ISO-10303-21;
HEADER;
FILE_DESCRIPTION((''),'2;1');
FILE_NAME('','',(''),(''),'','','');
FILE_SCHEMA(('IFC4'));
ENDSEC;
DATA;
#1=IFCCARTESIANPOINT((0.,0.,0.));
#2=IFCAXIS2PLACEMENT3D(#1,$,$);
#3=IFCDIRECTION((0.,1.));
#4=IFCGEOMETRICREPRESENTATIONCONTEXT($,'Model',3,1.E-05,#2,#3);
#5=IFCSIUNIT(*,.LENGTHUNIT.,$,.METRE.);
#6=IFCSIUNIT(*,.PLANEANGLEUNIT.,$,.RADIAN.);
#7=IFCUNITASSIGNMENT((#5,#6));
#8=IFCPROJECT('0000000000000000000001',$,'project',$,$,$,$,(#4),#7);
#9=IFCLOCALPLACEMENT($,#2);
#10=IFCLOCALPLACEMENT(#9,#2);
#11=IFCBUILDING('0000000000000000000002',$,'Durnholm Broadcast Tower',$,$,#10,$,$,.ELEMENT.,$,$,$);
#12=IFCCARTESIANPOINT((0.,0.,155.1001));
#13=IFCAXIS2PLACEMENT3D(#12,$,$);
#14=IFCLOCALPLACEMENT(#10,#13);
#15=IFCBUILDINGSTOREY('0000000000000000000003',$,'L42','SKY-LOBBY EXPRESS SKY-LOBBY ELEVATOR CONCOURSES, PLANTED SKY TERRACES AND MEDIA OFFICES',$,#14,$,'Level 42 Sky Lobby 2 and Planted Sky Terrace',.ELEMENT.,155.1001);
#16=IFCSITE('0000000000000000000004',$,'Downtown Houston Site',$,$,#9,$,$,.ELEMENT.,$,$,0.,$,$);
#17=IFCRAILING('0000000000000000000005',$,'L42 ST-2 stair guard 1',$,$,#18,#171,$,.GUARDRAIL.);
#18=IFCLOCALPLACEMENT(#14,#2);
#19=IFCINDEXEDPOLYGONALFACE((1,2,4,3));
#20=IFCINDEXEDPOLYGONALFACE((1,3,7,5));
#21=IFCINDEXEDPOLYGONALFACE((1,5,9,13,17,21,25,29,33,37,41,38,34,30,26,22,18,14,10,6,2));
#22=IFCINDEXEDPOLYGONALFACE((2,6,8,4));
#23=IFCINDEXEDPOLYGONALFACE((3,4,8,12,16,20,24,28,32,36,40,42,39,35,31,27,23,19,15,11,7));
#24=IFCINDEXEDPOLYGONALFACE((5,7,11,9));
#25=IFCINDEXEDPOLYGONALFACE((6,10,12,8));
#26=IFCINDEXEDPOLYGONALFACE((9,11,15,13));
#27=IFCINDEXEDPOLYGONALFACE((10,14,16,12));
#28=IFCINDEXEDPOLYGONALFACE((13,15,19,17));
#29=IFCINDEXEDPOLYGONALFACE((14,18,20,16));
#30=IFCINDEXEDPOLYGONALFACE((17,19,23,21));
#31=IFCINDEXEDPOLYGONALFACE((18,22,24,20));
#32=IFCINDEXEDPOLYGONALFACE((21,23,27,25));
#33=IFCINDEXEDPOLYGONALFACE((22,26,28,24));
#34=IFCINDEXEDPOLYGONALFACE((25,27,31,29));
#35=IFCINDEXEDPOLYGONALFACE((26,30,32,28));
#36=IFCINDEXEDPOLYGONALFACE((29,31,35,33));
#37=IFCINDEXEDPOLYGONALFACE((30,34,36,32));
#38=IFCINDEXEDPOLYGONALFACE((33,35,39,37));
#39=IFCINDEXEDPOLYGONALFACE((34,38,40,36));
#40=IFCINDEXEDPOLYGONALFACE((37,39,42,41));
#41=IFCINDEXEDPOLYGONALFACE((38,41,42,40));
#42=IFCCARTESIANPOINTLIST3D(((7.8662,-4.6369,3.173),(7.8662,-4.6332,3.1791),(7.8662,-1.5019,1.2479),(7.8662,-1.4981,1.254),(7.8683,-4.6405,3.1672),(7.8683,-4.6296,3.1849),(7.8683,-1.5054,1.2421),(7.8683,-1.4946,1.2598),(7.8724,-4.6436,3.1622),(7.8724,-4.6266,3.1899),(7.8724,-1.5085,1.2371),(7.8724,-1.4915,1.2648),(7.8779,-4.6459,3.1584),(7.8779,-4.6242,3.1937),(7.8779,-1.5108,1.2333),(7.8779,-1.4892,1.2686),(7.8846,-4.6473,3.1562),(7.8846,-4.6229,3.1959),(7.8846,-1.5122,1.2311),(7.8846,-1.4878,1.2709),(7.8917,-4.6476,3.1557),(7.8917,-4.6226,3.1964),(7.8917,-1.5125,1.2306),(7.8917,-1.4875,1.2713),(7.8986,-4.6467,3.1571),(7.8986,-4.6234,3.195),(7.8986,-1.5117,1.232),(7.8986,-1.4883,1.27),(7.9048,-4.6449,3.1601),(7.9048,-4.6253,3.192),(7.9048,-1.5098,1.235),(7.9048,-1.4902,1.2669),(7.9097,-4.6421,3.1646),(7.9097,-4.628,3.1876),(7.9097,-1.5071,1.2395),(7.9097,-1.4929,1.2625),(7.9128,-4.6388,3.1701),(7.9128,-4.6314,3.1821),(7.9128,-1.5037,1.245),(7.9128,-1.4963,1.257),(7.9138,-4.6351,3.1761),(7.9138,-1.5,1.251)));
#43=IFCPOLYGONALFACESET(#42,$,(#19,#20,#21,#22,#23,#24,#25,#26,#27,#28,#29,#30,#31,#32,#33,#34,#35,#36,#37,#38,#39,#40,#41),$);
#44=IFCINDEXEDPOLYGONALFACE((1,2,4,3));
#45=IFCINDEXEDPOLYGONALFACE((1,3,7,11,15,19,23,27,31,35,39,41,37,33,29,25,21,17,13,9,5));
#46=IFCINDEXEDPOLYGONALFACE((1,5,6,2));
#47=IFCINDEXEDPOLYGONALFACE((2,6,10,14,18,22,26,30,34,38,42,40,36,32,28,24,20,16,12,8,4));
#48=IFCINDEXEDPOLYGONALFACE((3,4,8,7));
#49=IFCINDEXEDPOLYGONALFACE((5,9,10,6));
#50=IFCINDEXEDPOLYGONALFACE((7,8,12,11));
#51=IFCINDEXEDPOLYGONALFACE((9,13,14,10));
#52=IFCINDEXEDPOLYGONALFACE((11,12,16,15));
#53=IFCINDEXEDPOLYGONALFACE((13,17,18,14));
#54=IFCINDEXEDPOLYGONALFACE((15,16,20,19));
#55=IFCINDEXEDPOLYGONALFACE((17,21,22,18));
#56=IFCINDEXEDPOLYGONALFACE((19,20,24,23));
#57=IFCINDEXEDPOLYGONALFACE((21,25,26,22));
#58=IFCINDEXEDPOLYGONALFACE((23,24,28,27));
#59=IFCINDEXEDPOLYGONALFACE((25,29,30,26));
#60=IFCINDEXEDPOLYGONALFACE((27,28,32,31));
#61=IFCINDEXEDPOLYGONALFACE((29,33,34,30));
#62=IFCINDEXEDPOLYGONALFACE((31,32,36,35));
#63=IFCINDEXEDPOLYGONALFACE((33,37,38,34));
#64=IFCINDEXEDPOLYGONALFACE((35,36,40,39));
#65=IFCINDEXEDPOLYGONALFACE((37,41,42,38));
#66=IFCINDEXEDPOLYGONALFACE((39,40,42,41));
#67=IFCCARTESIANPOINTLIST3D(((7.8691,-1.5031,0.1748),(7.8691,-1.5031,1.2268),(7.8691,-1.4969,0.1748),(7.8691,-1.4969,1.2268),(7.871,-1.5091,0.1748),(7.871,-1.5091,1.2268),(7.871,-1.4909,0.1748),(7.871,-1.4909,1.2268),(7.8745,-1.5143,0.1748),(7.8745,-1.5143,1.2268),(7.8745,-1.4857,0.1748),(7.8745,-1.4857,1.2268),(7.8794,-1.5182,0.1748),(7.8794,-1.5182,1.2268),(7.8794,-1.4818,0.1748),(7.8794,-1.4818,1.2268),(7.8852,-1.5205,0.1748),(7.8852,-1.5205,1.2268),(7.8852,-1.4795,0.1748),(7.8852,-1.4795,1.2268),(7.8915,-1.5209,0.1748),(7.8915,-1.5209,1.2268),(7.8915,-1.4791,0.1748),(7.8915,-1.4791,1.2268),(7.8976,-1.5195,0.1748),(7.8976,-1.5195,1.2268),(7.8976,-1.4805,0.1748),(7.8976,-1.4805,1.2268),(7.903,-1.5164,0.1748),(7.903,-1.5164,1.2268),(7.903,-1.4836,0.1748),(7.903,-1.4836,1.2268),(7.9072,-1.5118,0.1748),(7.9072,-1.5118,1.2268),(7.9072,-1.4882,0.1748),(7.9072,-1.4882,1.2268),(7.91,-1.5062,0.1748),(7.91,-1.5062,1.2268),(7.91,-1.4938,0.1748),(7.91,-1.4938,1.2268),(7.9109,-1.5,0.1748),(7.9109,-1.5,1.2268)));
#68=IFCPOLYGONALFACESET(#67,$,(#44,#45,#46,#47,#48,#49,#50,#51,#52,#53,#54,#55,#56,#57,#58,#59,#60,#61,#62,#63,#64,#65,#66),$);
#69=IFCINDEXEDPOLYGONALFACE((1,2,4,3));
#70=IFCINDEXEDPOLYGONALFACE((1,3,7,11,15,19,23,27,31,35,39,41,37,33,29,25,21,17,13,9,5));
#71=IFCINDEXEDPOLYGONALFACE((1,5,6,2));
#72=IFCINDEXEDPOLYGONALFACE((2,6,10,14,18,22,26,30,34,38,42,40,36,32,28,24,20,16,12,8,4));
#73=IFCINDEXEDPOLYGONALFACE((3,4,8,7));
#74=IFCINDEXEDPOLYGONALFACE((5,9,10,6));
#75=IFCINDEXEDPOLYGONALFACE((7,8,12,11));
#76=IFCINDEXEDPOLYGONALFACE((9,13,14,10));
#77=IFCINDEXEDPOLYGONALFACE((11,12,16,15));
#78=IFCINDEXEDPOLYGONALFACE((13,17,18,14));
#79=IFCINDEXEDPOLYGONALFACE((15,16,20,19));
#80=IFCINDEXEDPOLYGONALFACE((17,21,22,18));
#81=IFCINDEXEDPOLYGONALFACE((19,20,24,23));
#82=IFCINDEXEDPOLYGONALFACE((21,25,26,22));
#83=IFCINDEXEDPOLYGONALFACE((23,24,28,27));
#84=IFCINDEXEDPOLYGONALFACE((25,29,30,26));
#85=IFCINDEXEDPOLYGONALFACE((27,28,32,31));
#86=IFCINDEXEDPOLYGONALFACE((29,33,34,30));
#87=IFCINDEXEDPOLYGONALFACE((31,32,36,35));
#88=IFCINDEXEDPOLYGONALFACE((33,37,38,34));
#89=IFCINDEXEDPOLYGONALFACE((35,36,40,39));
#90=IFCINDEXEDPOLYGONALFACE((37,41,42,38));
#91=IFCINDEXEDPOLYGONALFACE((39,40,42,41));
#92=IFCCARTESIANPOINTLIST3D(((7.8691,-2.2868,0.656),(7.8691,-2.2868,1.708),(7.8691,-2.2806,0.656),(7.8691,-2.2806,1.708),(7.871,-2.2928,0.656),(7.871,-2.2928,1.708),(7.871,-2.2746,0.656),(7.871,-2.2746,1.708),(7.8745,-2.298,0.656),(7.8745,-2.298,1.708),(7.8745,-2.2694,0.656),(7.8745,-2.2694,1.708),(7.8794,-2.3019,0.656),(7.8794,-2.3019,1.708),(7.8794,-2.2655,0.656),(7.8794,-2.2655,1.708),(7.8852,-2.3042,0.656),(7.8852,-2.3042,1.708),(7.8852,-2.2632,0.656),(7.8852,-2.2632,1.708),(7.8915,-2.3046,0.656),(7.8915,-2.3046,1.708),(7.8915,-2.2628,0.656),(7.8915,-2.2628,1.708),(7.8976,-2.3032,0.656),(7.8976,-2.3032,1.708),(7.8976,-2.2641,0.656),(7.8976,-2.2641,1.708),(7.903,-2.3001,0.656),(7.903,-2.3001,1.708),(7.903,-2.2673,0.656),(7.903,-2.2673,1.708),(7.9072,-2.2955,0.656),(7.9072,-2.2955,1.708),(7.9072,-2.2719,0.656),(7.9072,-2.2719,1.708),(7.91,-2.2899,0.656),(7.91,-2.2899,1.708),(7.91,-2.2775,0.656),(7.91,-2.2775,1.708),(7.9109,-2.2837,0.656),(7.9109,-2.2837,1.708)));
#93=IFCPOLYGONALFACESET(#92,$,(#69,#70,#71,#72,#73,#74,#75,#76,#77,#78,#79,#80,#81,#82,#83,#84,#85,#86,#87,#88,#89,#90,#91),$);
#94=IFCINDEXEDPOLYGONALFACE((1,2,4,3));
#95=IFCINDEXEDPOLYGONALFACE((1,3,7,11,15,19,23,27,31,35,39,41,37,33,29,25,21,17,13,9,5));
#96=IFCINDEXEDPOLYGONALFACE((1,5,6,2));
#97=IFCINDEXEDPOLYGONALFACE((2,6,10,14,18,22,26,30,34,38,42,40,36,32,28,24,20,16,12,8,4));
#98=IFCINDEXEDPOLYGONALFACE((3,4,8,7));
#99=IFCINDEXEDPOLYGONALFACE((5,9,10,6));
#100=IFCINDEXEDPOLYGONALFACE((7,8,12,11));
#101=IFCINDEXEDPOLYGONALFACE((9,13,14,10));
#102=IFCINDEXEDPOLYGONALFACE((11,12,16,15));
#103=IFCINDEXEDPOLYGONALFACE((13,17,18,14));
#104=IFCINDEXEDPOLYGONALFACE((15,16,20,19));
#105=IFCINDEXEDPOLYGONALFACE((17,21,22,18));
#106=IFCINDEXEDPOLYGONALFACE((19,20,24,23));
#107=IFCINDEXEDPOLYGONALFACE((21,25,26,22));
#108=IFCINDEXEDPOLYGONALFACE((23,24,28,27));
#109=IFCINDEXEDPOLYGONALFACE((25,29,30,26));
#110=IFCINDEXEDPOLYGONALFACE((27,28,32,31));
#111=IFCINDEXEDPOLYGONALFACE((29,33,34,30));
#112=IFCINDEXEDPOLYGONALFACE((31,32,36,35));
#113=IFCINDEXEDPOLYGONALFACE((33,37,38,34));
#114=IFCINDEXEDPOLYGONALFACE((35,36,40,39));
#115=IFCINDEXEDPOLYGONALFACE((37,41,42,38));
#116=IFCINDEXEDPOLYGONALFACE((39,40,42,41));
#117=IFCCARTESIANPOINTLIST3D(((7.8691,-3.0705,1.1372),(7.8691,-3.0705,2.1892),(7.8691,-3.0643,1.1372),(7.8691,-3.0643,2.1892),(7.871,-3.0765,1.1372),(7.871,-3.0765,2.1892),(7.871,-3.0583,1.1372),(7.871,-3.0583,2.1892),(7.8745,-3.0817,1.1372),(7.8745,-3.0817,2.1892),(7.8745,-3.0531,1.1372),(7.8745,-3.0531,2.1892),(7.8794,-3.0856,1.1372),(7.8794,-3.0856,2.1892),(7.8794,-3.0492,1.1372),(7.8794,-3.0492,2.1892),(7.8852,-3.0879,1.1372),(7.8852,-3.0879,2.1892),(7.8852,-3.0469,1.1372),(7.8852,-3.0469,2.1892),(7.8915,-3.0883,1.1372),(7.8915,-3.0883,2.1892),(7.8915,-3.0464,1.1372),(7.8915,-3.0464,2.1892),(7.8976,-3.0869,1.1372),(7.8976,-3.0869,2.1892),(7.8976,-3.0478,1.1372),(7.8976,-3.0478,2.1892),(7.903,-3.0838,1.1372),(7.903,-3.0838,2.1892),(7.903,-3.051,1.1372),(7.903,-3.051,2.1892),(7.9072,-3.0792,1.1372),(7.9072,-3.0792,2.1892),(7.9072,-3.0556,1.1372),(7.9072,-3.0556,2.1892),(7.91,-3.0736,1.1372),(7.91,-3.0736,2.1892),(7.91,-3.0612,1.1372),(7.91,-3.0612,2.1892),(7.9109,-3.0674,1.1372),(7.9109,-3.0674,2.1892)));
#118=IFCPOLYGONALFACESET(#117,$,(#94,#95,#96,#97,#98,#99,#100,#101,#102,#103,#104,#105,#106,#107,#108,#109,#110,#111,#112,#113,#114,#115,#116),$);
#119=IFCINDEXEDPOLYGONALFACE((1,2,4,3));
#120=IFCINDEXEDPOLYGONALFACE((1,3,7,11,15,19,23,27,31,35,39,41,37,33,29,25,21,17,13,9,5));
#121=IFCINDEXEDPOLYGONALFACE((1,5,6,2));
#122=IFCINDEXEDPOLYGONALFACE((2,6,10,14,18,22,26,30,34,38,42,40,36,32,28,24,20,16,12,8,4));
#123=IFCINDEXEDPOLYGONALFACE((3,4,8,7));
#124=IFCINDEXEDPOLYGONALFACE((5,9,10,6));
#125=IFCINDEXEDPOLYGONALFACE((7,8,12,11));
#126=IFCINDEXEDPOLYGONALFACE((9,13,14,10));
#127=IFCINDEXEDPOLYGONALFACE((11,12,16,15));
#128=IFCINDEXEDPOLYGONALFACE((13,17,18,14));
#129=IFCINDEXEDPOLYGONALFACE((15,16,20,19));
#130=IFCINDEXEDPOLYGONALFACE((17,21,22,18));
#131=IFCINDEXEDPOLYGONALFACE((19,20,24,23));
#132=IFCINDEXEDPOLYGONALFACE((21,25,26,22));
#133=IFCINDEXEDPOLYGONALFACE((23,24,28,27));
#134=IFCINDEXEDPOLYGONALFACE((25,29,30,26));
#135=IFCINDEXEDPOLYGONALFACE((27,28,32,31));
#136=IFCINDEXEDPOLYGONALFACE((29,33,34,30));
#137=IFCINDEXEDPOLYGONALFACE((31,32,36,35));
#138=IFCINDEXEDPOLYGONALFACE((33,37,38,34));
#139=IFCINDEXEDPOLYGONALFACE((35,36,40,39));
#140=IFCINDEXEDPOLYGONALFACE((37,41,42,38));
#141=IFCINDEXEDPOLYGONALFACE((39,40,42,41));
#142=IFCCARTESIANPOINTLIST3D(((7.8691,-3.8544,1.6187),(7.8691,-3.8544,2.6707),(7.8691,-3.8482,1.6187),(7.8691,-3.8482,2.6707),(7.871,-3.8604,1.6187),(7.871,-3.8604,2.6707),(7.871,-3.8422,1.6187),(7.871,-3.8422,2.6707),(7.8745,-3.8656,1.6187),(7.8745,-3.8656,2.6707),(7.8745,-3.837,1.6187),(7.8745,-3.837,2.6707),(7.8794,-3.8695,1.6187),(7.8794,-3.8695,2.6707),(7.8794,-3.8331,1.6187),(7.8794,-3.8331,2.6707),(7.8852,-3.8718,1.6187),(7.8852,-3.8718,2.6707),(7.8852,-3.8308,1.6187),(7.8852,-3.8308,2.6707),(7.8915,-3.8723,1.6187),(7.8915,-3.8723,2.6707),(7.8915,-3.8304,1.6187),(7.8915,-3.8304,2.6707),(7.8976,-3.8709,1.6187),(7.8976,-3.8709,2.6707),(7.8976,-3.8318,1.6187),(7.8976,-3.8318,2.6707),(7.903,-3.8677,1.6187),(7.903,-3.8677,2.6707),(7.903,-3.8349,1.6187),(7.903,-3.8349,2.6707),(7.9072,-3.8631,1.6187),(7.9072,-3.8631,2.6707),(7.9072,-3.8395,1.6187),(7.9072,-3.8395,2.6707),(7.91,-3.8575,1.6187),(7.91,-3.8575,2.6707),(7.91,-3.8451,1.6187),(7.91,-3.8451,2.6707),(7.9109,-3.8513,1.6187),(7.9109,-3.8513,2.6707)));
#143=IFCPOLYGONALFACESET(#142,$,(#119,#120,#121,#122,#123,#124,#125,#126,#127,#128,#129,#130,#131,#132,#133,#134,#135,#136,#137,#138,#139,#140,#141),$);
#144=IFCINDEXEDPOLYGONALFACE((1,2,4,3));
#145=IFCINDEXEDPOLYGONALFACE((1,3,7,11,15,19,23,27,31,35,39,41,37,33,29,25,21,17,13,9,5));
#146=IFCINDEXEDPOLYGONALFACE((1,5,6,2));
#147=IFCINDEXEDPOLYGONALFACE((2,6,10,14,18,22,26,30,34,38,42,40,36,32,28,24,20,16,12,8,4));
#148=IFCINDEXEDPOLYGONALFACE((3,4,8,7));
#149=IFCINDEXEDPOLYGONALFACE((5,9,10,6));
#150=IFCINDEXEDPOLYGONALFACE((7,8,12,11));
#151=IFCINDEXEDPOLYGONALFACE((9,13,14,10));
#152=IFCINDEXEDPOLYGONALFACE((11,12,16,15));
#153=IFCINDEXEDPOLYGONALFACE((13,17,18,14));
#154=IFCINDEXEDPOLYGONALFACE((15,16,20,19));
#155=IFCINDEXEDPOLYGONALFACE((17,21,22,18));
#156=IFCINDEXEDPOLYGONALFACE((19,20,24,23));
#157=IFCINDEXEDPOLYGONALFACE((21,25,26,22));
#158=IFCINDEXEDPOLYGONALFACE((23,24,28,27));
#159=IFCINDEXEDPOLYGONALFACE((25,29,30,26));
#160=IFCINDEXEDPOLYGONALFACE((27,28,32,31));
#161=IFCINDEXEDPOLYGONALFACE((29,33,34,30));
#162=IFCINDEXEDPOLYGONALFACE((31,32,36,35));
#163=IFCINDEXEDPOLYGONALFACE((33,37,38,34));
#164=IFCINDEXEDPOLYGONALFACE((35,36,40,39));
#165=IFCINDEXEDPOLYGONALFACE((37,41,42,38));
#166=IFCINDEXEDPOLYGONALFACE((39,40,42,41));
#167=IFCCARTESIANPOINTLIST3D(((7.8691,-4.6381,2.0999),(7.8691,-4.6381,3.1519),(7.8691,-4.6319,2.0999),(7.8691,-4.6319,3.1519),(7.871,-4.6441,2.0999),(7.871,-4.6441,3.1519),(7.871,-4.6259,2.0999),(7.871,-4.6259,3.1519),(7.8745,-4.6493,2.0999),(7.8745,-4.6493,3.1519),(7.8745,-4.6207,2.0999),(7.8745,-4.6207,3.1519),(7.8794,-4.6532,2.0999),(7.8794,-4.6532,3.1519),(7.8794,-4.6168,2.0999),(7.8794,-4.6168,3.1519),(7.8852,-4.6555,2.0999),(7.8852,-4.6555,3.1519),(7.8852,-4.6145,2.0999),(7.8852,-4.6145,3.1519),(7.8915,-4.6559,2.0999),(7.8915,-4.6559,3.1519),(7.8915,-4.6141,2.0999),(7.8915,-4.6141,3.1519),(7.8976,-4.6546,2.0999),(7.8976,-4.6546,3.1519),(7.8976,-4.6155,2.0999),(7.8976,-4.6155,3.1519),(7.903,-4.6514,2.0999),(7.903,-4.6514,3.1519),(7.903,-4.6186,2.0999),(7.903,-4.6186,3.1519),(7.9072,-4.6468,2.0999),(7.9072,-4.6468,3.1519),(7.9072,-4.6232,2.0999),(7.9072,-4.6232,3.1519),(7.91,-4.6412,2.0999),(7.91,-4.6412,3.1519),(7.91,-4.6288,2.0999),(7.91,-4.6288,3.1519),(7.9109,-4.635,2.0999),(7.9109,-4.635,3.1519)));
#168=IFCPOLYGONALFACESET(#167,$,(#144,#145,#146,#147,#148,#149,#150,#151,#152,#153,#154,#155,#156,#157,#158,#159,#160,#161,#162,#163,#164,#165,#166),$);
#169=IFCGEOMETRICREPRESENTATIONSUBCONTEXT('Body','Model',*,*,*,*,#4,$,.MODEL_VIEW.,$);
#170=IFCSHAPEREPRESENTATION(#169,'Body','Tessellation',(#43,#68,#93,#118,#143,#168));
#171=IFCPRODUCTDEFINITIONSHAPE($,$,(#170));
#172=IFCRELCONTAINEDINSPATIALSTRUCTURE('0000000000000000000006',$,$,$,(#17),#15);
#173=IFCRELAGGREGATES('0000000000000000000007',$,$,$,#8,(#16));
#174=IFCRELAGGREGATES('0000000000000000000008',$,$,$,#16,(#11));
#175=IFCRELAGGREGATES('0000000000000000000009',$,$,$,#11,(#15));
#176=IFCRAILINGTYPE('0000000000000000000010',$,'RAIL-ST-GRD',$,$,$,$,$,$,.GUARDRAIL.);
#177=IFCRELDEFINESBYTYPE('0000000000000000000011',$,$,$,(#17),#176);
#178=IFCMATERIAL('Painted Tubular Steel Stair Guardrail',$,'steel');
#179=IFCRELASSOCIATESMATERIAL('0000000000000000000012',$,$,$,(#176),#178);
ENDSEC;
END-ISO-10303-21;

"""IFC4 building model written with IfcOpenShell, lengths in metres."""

from ifc_helpers import new_model, si_unit, direction, frame, origin, origin_2d, place, context, subcontext, project, spatial, circle, extrude, material, type_object, element, save


model = new_model("IFC4")

# Units and contexts
model_context = context("Model", 3, precision=1e-05, world=origin(), true_north=direction((0.0, 1.0)))
body_context = subcontext(model_context, "Body", "Model", "MODEL_VIEW")
ifc_project = project(units=[si_unit("LENGTHUNIT", "METRE"), si_unit("PLANEANGLEUNIT", "RADIAN")], contexts=[model_context])

# Site, building, storey
site_placement = place(None, origin())
site = spatial("IfcSite", under=ifc_project, at=site_placement, Name="Downtown Houston Site", CompositionType="ELEMENT", RefElevation=0.0)
building_placement = place(site_placement, origin())
building = spatial("IfcBuilding", under=site, at=building_placement, Name="Durnholm Broadcast Tower", CompositionType="ELEMENT")
storey_placement = place(building_placement, frame((0.0, 0.0, 155.1001)))
storey = spatial("IfcBuildingStorey", under=building, at=storey_placement, Name="L42", Description="SKY-LOBBY EXPRESS SKY-LOBBY ELEVATOR CONCOURSES, PLANTED SKY TERRACES AND MEDIA OFFICES", LongName="Level 42 Sky Lobby 2 and Planted Sky Terrace", CompositionType="ELEMENT", Elevation=155.1001)

# Railing
ifc_material_1 = material(Name="Painted Tubular Steel Stair Guardrail", Category="steel")
railing_type = type_object("IfcRailingType", Name="RAIL-ST-GRD", PredefinedType="GUARDRAIL", material=ifc_material_1)
railing_1_placement = place(storey_placement, frame((7.8899, -1.5, 0.1748)))
element("IfcRailing", 1, at=railing_1_placement, inside=storey, type_object=railing_type, Name="L42 ST-2 stair guard 1", PredefinedType="GUARDRAIL", context=body_context, shape_type="SweptSolid", body=[
    extrude(circle(Radius=0.0239, at=origin_2d()), frame((0.0, 0.0, 1.0762), z_axis=(0.0, -0.852166, 0.523271), x_axis=(1.0, 0.0, 0.0)), (0.0, 0.0, 1.0), 3.679),
    extrude(circle(Radius=0.021, at=origin_2d()), origin(), (0.0, 0.0, 1.0), 1.052),
    extrude(circle(Radius=0.021, at=origin_2d()), frame((0.0, -0.7837, 0.4812)), (0.0, 0.0, 1.0), 1.052),
    extrude(circle(Radius=0.021, at=origin_2d()), frame((0.0, -1.5674, 0.9624)), (0.0, 0.0, 1.0), 1.052),
    extrude(circle(Radius=0.021, at=origin_2d()), frame((0.0, -2.3513, 1.4438)), (0.0, 0.0, 1.0), 1.052),
    extrude(circle(Radius=0.021, at=origin_2d()), frame((0.0, -3.135, 1.925)), (0.0, 0.0, 1.0), 1.052),
])

save(model, "model.ifc")
